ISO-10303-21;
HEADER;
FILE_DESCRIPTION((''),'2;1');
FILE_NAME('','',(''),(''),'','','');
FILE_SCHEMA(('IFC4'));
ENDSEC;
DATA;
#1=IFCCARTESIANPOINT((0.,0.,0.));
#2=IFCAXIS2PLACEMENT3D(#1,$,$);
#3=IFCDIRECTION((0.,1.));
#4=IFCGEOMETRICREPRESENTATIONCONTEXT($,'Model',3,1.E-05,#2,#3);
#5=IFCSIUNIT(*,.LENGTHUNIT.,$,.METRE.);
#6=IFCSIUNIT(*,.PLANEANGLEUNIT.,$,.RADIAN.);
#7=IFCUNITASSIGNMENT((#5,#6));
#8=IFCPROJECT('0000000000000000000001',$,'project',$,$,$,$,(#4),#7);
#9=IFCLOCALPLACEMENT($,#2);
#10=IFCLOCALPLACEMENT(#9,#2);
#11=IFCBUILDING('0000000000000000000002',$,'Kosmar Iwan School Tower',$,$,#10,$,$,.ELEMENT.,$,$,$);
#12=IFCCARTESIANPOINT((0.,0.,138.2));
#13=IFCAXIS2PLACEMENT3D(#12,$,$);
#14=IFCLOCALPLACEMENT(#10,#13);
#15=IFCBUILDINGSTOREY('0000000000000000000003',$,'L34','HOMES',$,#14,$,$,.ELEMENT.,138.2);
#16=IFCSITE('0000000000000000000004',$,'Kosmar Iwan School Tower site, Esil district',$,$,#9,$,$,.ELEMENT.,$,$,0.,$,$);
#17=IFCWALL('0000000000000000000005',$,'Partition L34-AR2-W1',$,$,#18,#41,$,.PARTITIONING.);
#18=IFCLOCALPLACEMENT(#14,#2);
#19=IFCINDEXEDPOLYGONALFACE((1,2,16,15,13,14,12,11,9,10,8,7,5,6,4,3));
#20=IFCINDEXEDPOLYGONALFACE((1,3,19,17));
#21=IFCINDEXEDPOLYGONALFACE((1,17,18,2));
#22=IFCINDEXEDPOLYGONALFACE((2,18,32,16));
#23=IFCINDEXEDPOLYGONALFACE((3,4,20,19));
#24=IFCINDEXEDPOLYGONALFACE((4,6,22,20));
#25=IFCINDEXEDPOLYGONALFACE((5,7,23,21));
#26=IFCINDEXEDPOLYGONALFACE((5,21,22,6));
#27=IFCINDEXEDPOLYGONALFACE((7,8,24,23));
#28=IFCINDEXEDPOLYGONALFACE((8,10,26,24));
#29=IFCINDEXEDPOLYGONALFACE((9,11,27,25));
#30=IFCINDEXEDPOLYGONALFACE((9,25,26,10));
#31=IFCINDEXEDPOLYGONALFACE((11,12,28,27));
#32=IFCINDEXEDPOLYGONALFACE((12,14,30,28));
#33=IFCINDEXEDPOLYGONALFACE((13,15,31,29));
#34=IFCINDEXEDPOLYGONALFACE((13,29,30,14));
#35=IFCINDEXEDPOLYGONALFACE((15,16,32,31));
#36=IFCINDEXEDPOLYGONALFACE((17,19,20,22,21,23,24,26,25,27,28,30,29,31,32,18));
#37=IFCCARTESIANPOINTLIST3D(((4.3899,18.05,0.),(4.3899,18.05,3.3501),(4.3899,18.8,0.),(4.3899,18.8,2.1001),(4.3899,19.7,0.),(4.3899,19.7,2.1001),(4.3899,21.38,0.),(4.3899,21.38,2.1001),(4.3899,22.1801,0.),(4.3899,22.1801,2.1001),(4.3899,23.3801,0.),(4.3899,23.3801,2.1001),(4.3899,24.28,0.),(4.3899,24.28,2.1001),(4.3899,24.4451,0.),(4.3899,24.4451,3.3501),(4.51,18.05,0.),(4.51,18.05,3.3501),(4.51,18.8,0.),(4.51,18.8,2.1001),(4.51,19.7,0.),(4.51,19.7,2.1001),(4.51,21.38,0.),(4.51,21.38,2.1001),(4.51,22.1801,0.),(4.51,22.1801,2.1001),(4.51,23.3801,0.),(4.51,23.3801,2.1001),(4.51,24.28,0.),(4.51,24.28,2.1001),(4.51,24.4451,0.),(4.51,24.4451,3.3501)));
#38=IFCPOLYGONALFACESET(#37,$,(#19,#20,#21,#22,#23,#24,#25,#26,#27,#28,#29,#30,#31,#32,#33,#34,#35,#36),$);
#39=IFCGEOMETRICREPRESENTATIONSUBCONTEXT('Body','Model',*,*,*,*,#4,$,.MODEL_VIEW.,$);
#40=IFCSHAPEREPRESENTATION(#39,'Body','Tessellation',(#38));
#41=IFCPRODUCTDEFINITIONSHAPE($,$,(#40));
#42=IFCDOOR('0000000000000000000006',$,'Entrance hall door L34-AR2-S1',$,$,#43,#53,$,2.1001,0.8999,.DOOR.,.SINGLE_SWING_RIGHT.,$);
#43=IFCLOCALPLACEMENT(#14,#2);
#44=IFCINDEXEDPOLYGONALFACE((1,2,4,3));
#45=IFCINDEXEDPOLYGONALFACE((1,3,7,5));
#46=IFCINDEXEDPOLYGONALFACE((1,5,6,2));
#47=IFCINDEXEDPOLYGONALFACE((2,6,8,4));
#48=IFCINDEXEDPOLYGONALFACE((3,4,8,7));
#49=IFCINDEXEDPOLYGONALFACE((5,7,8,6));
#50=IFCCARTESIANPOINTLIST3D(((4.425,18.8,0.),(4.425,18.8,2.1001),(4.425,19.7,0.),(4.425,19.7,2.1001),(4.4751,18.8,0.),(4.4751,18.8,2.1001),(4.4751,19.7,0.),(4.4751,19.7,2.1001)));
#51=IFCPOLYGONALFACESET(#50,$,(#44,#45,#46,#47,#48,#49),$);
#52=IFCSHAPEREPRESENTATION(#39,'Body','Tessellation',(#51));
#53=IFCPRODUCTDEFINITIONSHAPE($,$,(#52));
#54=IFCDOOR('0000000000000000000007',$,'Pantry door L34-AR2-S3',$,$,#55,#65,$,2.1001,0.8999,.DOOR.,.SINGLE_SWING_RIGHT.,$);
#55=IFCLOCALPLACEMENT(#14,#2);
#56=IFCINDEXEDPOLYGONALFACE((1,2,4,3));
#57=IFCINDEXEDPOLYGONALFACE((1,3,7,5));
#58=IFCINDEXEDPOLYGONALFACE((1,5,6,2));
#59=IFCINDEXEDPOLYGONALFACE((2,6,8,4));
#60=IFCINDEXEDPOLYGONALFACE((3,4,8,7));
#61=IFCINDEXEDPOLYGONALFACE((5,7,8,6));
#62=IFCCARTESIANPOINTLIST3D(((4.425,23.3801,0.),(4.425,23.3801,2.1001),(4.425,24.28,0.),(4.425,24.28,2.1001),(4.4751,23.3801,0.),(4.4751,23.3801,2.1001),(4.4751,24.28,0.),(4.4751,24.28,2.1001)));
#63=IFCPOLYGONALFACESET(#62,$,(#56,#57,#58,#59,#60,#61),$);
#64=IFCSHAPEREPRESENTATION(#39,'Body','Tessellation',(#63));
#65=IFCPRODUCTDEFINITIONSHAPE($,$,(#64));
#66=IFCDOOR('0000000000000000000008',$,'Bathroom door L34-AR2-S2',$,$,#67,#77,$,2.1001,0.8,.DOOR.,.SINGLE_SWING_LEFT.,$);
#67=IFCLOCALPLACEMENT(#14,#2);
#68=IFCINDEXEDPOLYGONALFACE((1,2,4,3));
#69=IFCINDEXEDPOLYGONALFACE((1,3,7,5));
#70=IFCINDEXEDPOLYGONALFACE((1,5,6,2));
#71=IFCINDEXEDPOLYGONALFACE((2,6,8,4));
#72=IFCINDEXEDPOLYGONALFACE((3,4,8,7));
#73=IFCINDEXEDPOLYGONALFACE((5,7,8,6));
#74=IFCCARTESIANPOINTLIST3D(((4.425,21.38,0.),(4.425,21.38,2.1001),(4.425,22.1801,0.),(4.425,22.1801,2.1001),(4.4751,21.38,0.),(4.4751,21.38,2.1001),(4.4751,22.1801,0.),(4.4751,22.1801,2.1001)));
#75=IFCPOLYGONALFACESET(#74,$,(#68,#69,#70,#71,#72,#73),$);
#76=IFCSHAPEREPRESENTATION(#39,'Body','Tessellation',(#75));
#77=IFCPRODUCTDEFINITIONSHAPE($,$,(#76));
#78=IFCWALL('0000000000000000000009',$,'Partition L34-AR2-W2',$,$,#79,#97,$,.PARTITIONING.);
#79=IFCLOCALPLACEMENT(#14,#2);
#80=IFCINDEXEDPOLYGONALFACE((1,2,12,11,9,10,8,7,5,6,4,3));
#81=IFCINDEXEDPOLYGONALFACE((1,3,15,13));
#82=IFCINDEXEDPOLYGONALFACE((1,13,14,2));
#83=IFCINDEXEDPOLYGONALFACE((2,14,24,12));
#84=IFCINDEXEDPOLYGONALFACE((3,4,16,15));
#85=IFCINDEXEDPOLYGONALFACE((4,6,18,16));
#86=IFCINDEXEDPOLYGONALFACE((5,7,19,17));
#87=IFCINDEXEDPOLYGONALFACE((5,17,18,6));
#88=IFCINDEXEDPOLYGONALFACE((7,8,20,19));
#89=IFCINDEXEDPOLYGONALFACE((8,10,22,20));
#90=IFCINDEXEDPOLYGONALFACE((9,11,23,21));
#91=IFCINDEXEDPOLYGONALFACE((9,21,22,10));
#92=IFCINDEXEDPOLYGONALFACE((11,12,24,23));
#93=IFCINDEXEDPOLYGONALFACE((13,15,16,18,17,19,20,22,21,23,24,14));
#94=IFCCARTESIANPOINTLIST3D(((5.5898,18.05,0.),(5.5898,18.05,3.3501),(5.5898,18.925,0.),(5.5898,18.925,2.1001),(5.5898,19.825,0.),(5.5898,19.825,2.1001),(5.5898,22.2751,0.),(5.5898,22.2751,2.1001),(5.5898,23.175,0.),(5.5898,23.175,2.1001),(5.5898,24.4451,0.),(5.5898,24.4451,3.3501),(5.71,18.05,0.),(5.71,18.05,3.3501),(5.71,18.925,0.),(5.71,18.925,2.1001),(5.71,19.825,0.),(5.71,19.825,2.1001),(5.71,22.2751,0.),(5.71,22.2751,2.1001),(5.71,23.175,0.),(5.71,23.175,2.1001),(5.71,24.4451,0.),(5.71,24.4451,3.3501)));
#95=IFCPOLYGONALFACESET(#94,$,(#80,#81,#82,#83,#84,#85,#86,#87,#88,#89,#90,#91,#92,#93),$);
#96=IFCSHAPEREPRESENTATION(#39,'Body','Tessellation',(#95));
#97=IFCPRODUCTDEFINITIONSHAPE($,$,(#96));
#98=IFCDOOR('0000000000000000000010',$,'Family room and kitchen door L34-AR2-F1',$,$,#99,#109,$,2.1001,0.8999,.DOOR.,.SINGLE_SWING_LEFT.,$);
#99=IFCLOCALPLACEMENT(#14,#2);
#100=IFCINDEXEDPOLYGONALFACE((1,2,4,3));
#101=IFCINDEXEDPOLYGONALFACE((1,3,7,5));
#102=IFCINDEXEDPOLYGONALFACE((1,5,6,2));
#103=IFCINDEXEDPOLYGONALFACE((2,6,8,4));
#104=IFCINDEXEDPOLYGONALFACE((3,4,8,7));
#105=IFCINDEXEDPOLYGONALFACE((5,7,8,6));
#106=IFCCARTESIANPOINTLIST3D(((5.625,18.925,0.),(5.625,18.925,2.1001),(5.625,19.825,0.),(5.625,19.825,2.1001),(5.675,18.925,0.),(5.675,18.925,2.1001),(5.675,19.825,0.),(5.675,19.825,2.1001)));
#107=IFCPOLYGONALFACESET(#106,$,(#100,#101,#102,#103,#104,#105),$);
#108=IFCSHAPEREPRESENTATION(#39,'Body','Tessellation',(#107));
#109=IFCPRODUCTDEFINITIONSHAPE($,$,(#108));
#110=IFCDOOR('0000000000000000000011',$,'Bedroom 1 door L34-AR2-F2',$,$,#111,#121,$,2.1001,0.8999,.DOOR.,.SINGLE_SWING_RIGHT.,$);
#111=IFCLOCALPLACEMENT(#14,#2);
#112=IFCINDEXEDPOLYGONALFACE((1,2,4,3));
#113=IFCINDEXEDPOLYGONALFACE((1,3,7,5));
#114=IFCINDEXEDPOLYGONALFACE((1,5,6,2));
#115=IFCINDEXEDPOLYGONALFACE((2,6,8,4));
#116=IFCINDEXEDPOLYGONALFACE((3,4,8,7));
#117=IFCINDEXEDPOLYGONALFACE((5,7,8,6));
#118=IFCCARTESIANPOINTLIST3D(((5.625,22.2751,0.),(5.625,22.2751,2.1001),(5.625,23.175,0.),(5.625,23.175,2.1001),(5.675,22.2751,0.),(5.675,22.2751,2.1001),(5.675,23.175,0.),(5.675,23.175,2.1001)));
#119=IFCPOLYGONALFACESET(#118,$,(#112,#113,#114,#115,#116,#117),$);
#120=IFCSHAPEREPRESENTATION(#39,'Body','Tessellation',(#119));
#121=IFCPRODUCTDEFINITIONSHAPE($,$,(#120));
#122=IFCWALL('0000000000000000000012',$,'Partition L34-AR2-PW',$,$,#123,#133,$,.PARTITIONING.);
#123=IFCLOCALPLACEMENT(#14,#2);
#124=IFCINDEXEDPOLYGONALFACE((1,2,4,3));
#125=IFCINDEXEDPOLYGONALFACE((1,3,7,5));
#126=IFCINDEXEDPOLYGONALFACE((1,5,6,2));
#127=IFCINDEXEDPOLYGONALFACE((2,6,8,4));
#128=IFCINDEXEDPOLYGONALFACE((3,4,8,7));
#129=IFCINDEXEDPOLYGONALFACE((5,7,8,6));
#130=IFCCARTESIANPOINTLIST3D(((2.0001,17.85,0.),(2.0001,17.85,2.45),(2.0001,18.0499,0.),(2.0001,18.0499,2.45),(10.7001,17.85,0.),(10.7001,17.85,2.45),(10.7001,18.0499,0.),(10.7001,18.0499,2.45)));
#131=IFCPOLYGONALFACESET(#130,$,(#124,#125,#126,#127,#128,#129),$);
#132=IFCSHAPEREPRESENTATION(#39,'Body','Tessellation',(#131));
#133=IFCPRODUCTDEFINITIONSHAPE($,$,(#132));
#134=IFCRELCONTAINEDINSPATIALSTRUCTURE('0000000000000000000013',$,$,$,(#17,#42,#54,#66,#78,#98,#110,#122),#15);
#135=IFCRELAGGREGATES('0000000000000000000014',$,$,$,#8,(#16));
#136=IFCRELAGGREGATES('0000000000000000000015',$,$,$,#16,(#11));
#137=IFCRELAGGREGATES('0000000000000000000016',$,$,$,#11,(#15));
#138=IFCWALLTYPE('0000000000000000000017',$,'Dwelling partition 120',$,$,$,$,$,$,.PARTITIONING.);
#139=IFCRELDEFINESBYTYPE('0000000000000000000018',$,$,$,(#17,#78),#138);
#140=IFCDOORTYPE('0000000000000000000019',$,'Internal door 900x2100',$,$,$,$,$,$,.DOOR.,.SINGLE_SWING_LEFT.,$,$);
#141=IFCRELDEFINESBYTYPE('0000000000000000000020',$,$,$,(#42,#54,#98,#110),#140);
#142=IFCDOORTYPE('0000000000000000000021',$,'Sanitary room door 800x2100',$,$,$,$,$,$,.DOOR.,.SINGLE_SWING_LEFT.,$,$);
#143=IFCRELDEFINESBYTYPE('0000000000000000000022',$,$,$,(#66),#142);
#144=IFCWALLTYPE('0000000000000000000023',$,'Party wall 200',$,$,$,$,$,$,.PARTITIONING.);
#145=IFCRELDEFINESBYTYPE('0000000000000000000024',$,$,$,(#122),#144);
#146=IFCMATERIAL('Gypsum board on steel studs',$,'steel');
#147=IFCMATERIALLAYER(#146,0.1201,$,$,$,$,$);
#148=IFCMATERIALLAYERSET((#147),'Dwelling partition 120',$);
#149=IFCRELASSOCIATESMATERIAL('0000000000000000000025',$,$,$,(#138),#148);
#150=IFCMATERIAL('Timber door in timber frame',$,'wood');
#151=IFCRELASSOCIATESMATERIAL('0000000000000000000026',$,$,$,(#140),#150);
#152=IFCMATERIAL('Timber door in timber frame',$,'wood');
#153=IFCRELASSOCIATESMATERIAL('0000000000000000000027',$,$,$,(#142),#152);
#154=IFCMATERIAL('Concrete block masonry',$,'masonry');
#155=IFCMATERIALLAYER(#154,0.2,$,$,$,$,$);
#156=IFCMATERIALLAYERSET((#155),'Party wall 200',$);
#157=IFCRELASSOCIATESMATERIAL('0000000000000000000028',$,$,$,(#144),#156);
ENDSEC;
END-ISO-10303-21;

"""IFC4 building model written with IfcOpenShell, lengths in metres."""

from ifc_helpers import new_model, si_unit, direction, frame, frame_2d, origin, place, context, subcontext, project, spatial, rectangle, extrude, material, layer, layer_set, type_object, element, fill, save


model = new_model("IFC4")

# Units and contexts
model_context = context("Model", 3, precision=1e-05, world=origin(), true_north=direction((0.0, 1.0)))
body_context = subcontext(model_context, "Body", "Model", "MODEL_VIEW")
ifc_project = project(units=[si_unit("LENGTHUNIT", "METRE"), si_unit("PLANEANGLEUNIT", "RADIAN")], contexts=[model_context])

# Site, building, storey
site_placement = place(None, origin())
site = spatial("IfcSite", under=ifc_project, at=site_placement, Name="Kosmar Iwan School Tower site, Esil district", CompositionType="ELEMENT", RefElevation=0.0)
building_placement = place(site_placement, origin())
building = spatial("IfcBuilding", under=site, at=building_placement, Name="Kosmar Iwan School Tower", CompositionType="ELEMENT")
storey_placement = place(building_placement, frame((0.0, 0.0, 138.2)))
storey = spatial("IfcBuildingStorey", under=building, at=storey_placement, Name="L34", Description="HOMES", CompositionType="ELEMENT", Elevation=138.2)

# Shared definitions
ifc_material_1 = material(Name="Gypsum board on steel studs", Category="steel")
ifc_layer_1 = layer(ifc_material_1, 0.1201)
ifc_layer_set_1 = layer_set([ifc_layer_1], Name="Dwelling partition 120")
wall_type_1 = type_object("IfcWallType", Name="Dwelling partition 120", PredefinedType="PARTITIONING", material=ifc_layer_set_1)

# Walls, openings, doors
wall_1_placement = place(storey_placement, frame((4.45, 18.05, 0.0), z_axis=(0.0, 0.0, 1.0), x_axis=(0.0, 1.0, 0.0)))
wall_1 = element("IfcWall", 1, at=wall_1_placement, inside=storey, type_object=wall_type_1, Name="Partition L34-AR2-W1", PredefinedType="PARTITIONING", context=body_context, shape_type="SweptSolid", body=[
    extrude(rectangle(XDim=6.395, YDim=0.1201, at=frame_2d((3.1975, 0.0))), origin(), (0.0, 0.0, 1.0), 3.3501),
])
opening_1_placement = place(wall_1_placement, frame((0.75, 0.0, 0.0)))
opening_1 = element("IfcOpeningElement", 2, at=opening_1_placement, cuts=wall_1, PredefinedType="OPENING", context=body_context, shape_type="SweptSolid", body=[
    extrude(rectangle(XDim=0.8999, YDim=2.1001, at=frame_2d((0.45, 1.05))), frame((0.0, 0.072, 0.0), z_axis=(0.0, -1.0, 0.0), x_axis=(1.0, 0.0, 0.0)), (0.0, 0.0, 1.0), 0.144),
])
opening_2_placement = place(wall_1_placement, frame((3.3301, 0.0, 0.0)))
opening_2 = element("IfcOpeningElement", 3, at=opening_2_placement, cuts=wall_1, PredefinedType="OPENING", context=body_context, shape_type="SweptSolid", body=[
    extrude(rectangle(XDim=0.8, YDim=2.1001, at=frame_2d((0.3999, 1.05))), frame((0.0, 0.072, 0.0), z_axis=(0.0, -1.0, 0.0), x_axis=(1.0, 0.0, 0.0)), (0.0, 0.0, 1.0), 0.144),
])
opening_3_placement = place(wall_1_placement, frame((5.3301, 0.0, 0.0)))
opening_3 = element("IfcOpeningElement", 4, at=opening_3_placement, cuts=wall_1, PredefinedType="OPENING", context=body_context, shape_type="SweptSolid", body=[
    extrude(rectangle(XDim=0.8999, YDim=2.1001, at=frame_2d((0.45, 1.05))), frame((0.0, 0.072, 0.0), z_axis=(0.0, -1.0, 0.0), x_axis=(1.0, 0.0, 0.0)), (0.0, 0.0, 1.0), 0.144),
])
ifc_material_2 = material(Name="Timber door in timber frame", Category="wood")
door_type_1 = type_object("IfcDoorType", Name="Internal door 900x2100", OperationType="SINGLE_SWING_LEFT", PredefinedType="DOOR", material=ifc_material_2)
door_1_placement = place(opening_1_placement, origin())
door_1 = element("IfcDoor", 5, at=door_1_placement, inside=storey, type_object=door_type_1, Name="Entrance hall door L34-AR2-S1", OperationType="SINGLE_SWING_RIGHT", OverallHeight=2.1001, OverallWidth=0.8999, PredefinedType="DOOR", context=body_context, shape_type="SweptSolid", body=[
    extrude(rectangle(XDim=0.8999, YDim=2.1001, at=frame_2d((0.45, 1.05))), frame((0.0, 0.0249, 0.0), z_axis=(0.0, -1.0, 0.0), x_axis=(1.0, 0.0, 0.0)), (0.0, 0.0, 1.0), 0.05),
])
fill(opening_1, door_1)
door_2_placement = place(opening_3_placement, origin())
door_2 = element("IfcDoor", 6, at=door_2_placement, inside=storey, type_object=door_type_1, Name="Pantry door L34-AR2-S3", OperationType="SINGLE_SWING_RIGHT", OverallHeight=2.1001, OverallWidth=0.8999, PredefinedType="DOOR", context=body_context, shape_type="SweptSolid", body=[
    extrude(rectangle(XDim=0.8999, YDim=2.1001, at=frame_2d((0.45, 1.05))), frame((0.0, 0.0249, 0.0), z_axis=(0.0, -1.0, 0.0), x_axis=(1.0, 0.0, 0.0)), (0.0, 0.0, 1.0), 0.05),
])
fill(opening_3, door_2)
ifc_material_3 = material(Name="Timber door in timber frame", Category="wood")
door_type_2 = type_object("IfcDoorType", Name="Sanitary room door 800x2100", OperationType="SINGLE_SWING_LEFT", PredefinedType="DOOR", material=ifc_material_3)
door_3_placement = place(opening_2_placement, origin())
door_3 = element("IfcDoor", 7, at=door_3_placement, inside=storey, type_object=door_type_2, Name="Bathroom door L34-AR2-S2", OperationType="SINGLE_SWING_LEFT", OverallHeight=2.1001, OverallWidth=0.8, PredefinedType="DOOR", context=body_context, shape_type="SweptSolid", body=[
    extrude(rectangle(XDim=0.8, YDim=2.1001, at=frame_2d((0.3999, 1.05))), frame((0.0, 0.0249, 0.0), z_axis=(0.0, -1.0, 0.0), x_axis=(1.0, 0.0, 0.0)), (0.0, 0.0, 1.0), 0.05),
])
fill(opening_2, door_3)
wall_2_placement = place(storey_placement, frame((5.6499, 18.05, 0.0), z_axis=(0.0, 0.0, 1.0), x_axis=(0.0, 1.0, 0.0)))
wall_2 = element("IfcWall", 8, at=wall_2_placement, inside=storey, type_object=wall_type_1, Name="Partition L34-AR2-W2", PredefinedType="PARTITIONING", context=body_context, shape_type="SweptSolid", body=[
    extrude(rectangle(XDim=6.395, YDim=0.1201, at=frame_2d((3.1975, 0.0))), origin(), (0.0, 0.0, 1.0), 3.3501),
])
opening_4_placement = place(wall_2_placement, frame((0.875, 0.0, 0.0)))
opening_4 = element("IfcOpeningElement", 9, at=opening_4_placement, cuts=wall_2, PredefinedType="OPENING", context=body_context, shape_type="SweptSolid", body=[
    extrude(rectangle(XDim=0.8999, YDim=2.1001, at=frame_2d((0.45, 1.05))), frame((0.0, 0.072, 0.0), z_axis=(0.0, -1.0, 0.0), x_axis=(1.0, 0.0, 0.0)), (0.0, 0.0, 1.0), 0.144),
])
opening_5_placement = place(wall_2_placement, frame((4.2251, 0.0, 0.0)))
opening_5 = element("IfcOpeningElement", 10, at=opening_5_placement, cuts=wall_2, PredefinedType="OPENING", context=body_context, shape_type="SweptSolid", body=[
    extrude(rectangle(XDim=0.8999, YDim=2.1001, at=frame_2d((0.45, 1.05))), frame((0.0, 0.072, 0.0), z_axis=(0.0, -1.0, 0.0), x_axis=(1.0, 0.0, 0.0)), (0.0, 0.0, 1.0), 0.144),
])
door_4_placement = place(opening_4_placement, origin())
door_4 = element("IfcDoor", 11, at=door_4_placement, inside=storey, type_object=door_type_1, Name="Family room and kitchen door L34-AR2-F1", OperationType="SINGLE_SWING_LEFT", OverallHeight=2.1001, OverallWidth=0.8999, PredefinedType="DOOR", context=body_context, shape_type="SweptSolid", body=[
    extrude(rectangle(XDim=0.8999, YDim=2.1001, at=frame_2d((0.45, 1.05))), frame((0.0, 0.0249, 0.0), z_axis=(0.0, -1.0, 0.0), x_axis=(1.0, 0.0, 0.0)), (0.0, 0.0, 1.0), 0.05),
])
fill(opening_4, door_4)
door_5_placement = place(opening_5_placement, origin())
door_5 = element("IfcDoor", 12, at=door_5_placement, inside=storey, type_object=door_type_1, Name="Bedroom 1 door L34-AR2-F2", OperationType="SINGLE_SWING_RIGHT", OverallHeight=2.1001, OverallWidth=0.8999, PredefinedType="DOOR", context=body_context, shape_type="SweptSolid", body=[
    extrude(rectangle(XDim=0.8999, YDim=2.1001, at=frame_2d((0.45, 1.05))), frame((0.0, 0.0249, 0.0), z_axis=(0.0, -1.0, 0.0), x_axis=(1.0, 0.0, 0.0)), (0.0, 0.0, 1.0), 0.05),
])
fill(opening_5, door_5)

# Wall
ifc_material_4 = material(Name="Concrete block masonry", Category="masonry")
ifc_layer_2 = layer(ifc_material_4, 0.2)
ifc_layer_set_2 = layer_set([ifc_layer_2], Name="Party wall 200")
wall_type_2 = type_object("IfcWallType", Name="Party wall 200", PredefinedType="PARTITIONING", material=ifc_layer_set_2)
wall_3_placement = place(storey_placement, frame((2.0, 17.95, 0.0), z_axis=(0.0, 0.0, 1.0), x_axis=(1.0, 0.0, 0.0)))
element("IfcWall", 13, at=wall_3_placement, inside=storey, type_object=wall_type_2, Name="Partition L34-AR2-PW", PredefinedType="PARTITIONING", context=body_context, shape_type="SweptSolid", body=[
    extrude(rectangle(XDim=8.7, YDim=0.2, at=frame_2d((4.3501, 0.0))), origin(), (0.0, 0.0, 1.0), 2.45),
])

save(model, "model.ifc")
